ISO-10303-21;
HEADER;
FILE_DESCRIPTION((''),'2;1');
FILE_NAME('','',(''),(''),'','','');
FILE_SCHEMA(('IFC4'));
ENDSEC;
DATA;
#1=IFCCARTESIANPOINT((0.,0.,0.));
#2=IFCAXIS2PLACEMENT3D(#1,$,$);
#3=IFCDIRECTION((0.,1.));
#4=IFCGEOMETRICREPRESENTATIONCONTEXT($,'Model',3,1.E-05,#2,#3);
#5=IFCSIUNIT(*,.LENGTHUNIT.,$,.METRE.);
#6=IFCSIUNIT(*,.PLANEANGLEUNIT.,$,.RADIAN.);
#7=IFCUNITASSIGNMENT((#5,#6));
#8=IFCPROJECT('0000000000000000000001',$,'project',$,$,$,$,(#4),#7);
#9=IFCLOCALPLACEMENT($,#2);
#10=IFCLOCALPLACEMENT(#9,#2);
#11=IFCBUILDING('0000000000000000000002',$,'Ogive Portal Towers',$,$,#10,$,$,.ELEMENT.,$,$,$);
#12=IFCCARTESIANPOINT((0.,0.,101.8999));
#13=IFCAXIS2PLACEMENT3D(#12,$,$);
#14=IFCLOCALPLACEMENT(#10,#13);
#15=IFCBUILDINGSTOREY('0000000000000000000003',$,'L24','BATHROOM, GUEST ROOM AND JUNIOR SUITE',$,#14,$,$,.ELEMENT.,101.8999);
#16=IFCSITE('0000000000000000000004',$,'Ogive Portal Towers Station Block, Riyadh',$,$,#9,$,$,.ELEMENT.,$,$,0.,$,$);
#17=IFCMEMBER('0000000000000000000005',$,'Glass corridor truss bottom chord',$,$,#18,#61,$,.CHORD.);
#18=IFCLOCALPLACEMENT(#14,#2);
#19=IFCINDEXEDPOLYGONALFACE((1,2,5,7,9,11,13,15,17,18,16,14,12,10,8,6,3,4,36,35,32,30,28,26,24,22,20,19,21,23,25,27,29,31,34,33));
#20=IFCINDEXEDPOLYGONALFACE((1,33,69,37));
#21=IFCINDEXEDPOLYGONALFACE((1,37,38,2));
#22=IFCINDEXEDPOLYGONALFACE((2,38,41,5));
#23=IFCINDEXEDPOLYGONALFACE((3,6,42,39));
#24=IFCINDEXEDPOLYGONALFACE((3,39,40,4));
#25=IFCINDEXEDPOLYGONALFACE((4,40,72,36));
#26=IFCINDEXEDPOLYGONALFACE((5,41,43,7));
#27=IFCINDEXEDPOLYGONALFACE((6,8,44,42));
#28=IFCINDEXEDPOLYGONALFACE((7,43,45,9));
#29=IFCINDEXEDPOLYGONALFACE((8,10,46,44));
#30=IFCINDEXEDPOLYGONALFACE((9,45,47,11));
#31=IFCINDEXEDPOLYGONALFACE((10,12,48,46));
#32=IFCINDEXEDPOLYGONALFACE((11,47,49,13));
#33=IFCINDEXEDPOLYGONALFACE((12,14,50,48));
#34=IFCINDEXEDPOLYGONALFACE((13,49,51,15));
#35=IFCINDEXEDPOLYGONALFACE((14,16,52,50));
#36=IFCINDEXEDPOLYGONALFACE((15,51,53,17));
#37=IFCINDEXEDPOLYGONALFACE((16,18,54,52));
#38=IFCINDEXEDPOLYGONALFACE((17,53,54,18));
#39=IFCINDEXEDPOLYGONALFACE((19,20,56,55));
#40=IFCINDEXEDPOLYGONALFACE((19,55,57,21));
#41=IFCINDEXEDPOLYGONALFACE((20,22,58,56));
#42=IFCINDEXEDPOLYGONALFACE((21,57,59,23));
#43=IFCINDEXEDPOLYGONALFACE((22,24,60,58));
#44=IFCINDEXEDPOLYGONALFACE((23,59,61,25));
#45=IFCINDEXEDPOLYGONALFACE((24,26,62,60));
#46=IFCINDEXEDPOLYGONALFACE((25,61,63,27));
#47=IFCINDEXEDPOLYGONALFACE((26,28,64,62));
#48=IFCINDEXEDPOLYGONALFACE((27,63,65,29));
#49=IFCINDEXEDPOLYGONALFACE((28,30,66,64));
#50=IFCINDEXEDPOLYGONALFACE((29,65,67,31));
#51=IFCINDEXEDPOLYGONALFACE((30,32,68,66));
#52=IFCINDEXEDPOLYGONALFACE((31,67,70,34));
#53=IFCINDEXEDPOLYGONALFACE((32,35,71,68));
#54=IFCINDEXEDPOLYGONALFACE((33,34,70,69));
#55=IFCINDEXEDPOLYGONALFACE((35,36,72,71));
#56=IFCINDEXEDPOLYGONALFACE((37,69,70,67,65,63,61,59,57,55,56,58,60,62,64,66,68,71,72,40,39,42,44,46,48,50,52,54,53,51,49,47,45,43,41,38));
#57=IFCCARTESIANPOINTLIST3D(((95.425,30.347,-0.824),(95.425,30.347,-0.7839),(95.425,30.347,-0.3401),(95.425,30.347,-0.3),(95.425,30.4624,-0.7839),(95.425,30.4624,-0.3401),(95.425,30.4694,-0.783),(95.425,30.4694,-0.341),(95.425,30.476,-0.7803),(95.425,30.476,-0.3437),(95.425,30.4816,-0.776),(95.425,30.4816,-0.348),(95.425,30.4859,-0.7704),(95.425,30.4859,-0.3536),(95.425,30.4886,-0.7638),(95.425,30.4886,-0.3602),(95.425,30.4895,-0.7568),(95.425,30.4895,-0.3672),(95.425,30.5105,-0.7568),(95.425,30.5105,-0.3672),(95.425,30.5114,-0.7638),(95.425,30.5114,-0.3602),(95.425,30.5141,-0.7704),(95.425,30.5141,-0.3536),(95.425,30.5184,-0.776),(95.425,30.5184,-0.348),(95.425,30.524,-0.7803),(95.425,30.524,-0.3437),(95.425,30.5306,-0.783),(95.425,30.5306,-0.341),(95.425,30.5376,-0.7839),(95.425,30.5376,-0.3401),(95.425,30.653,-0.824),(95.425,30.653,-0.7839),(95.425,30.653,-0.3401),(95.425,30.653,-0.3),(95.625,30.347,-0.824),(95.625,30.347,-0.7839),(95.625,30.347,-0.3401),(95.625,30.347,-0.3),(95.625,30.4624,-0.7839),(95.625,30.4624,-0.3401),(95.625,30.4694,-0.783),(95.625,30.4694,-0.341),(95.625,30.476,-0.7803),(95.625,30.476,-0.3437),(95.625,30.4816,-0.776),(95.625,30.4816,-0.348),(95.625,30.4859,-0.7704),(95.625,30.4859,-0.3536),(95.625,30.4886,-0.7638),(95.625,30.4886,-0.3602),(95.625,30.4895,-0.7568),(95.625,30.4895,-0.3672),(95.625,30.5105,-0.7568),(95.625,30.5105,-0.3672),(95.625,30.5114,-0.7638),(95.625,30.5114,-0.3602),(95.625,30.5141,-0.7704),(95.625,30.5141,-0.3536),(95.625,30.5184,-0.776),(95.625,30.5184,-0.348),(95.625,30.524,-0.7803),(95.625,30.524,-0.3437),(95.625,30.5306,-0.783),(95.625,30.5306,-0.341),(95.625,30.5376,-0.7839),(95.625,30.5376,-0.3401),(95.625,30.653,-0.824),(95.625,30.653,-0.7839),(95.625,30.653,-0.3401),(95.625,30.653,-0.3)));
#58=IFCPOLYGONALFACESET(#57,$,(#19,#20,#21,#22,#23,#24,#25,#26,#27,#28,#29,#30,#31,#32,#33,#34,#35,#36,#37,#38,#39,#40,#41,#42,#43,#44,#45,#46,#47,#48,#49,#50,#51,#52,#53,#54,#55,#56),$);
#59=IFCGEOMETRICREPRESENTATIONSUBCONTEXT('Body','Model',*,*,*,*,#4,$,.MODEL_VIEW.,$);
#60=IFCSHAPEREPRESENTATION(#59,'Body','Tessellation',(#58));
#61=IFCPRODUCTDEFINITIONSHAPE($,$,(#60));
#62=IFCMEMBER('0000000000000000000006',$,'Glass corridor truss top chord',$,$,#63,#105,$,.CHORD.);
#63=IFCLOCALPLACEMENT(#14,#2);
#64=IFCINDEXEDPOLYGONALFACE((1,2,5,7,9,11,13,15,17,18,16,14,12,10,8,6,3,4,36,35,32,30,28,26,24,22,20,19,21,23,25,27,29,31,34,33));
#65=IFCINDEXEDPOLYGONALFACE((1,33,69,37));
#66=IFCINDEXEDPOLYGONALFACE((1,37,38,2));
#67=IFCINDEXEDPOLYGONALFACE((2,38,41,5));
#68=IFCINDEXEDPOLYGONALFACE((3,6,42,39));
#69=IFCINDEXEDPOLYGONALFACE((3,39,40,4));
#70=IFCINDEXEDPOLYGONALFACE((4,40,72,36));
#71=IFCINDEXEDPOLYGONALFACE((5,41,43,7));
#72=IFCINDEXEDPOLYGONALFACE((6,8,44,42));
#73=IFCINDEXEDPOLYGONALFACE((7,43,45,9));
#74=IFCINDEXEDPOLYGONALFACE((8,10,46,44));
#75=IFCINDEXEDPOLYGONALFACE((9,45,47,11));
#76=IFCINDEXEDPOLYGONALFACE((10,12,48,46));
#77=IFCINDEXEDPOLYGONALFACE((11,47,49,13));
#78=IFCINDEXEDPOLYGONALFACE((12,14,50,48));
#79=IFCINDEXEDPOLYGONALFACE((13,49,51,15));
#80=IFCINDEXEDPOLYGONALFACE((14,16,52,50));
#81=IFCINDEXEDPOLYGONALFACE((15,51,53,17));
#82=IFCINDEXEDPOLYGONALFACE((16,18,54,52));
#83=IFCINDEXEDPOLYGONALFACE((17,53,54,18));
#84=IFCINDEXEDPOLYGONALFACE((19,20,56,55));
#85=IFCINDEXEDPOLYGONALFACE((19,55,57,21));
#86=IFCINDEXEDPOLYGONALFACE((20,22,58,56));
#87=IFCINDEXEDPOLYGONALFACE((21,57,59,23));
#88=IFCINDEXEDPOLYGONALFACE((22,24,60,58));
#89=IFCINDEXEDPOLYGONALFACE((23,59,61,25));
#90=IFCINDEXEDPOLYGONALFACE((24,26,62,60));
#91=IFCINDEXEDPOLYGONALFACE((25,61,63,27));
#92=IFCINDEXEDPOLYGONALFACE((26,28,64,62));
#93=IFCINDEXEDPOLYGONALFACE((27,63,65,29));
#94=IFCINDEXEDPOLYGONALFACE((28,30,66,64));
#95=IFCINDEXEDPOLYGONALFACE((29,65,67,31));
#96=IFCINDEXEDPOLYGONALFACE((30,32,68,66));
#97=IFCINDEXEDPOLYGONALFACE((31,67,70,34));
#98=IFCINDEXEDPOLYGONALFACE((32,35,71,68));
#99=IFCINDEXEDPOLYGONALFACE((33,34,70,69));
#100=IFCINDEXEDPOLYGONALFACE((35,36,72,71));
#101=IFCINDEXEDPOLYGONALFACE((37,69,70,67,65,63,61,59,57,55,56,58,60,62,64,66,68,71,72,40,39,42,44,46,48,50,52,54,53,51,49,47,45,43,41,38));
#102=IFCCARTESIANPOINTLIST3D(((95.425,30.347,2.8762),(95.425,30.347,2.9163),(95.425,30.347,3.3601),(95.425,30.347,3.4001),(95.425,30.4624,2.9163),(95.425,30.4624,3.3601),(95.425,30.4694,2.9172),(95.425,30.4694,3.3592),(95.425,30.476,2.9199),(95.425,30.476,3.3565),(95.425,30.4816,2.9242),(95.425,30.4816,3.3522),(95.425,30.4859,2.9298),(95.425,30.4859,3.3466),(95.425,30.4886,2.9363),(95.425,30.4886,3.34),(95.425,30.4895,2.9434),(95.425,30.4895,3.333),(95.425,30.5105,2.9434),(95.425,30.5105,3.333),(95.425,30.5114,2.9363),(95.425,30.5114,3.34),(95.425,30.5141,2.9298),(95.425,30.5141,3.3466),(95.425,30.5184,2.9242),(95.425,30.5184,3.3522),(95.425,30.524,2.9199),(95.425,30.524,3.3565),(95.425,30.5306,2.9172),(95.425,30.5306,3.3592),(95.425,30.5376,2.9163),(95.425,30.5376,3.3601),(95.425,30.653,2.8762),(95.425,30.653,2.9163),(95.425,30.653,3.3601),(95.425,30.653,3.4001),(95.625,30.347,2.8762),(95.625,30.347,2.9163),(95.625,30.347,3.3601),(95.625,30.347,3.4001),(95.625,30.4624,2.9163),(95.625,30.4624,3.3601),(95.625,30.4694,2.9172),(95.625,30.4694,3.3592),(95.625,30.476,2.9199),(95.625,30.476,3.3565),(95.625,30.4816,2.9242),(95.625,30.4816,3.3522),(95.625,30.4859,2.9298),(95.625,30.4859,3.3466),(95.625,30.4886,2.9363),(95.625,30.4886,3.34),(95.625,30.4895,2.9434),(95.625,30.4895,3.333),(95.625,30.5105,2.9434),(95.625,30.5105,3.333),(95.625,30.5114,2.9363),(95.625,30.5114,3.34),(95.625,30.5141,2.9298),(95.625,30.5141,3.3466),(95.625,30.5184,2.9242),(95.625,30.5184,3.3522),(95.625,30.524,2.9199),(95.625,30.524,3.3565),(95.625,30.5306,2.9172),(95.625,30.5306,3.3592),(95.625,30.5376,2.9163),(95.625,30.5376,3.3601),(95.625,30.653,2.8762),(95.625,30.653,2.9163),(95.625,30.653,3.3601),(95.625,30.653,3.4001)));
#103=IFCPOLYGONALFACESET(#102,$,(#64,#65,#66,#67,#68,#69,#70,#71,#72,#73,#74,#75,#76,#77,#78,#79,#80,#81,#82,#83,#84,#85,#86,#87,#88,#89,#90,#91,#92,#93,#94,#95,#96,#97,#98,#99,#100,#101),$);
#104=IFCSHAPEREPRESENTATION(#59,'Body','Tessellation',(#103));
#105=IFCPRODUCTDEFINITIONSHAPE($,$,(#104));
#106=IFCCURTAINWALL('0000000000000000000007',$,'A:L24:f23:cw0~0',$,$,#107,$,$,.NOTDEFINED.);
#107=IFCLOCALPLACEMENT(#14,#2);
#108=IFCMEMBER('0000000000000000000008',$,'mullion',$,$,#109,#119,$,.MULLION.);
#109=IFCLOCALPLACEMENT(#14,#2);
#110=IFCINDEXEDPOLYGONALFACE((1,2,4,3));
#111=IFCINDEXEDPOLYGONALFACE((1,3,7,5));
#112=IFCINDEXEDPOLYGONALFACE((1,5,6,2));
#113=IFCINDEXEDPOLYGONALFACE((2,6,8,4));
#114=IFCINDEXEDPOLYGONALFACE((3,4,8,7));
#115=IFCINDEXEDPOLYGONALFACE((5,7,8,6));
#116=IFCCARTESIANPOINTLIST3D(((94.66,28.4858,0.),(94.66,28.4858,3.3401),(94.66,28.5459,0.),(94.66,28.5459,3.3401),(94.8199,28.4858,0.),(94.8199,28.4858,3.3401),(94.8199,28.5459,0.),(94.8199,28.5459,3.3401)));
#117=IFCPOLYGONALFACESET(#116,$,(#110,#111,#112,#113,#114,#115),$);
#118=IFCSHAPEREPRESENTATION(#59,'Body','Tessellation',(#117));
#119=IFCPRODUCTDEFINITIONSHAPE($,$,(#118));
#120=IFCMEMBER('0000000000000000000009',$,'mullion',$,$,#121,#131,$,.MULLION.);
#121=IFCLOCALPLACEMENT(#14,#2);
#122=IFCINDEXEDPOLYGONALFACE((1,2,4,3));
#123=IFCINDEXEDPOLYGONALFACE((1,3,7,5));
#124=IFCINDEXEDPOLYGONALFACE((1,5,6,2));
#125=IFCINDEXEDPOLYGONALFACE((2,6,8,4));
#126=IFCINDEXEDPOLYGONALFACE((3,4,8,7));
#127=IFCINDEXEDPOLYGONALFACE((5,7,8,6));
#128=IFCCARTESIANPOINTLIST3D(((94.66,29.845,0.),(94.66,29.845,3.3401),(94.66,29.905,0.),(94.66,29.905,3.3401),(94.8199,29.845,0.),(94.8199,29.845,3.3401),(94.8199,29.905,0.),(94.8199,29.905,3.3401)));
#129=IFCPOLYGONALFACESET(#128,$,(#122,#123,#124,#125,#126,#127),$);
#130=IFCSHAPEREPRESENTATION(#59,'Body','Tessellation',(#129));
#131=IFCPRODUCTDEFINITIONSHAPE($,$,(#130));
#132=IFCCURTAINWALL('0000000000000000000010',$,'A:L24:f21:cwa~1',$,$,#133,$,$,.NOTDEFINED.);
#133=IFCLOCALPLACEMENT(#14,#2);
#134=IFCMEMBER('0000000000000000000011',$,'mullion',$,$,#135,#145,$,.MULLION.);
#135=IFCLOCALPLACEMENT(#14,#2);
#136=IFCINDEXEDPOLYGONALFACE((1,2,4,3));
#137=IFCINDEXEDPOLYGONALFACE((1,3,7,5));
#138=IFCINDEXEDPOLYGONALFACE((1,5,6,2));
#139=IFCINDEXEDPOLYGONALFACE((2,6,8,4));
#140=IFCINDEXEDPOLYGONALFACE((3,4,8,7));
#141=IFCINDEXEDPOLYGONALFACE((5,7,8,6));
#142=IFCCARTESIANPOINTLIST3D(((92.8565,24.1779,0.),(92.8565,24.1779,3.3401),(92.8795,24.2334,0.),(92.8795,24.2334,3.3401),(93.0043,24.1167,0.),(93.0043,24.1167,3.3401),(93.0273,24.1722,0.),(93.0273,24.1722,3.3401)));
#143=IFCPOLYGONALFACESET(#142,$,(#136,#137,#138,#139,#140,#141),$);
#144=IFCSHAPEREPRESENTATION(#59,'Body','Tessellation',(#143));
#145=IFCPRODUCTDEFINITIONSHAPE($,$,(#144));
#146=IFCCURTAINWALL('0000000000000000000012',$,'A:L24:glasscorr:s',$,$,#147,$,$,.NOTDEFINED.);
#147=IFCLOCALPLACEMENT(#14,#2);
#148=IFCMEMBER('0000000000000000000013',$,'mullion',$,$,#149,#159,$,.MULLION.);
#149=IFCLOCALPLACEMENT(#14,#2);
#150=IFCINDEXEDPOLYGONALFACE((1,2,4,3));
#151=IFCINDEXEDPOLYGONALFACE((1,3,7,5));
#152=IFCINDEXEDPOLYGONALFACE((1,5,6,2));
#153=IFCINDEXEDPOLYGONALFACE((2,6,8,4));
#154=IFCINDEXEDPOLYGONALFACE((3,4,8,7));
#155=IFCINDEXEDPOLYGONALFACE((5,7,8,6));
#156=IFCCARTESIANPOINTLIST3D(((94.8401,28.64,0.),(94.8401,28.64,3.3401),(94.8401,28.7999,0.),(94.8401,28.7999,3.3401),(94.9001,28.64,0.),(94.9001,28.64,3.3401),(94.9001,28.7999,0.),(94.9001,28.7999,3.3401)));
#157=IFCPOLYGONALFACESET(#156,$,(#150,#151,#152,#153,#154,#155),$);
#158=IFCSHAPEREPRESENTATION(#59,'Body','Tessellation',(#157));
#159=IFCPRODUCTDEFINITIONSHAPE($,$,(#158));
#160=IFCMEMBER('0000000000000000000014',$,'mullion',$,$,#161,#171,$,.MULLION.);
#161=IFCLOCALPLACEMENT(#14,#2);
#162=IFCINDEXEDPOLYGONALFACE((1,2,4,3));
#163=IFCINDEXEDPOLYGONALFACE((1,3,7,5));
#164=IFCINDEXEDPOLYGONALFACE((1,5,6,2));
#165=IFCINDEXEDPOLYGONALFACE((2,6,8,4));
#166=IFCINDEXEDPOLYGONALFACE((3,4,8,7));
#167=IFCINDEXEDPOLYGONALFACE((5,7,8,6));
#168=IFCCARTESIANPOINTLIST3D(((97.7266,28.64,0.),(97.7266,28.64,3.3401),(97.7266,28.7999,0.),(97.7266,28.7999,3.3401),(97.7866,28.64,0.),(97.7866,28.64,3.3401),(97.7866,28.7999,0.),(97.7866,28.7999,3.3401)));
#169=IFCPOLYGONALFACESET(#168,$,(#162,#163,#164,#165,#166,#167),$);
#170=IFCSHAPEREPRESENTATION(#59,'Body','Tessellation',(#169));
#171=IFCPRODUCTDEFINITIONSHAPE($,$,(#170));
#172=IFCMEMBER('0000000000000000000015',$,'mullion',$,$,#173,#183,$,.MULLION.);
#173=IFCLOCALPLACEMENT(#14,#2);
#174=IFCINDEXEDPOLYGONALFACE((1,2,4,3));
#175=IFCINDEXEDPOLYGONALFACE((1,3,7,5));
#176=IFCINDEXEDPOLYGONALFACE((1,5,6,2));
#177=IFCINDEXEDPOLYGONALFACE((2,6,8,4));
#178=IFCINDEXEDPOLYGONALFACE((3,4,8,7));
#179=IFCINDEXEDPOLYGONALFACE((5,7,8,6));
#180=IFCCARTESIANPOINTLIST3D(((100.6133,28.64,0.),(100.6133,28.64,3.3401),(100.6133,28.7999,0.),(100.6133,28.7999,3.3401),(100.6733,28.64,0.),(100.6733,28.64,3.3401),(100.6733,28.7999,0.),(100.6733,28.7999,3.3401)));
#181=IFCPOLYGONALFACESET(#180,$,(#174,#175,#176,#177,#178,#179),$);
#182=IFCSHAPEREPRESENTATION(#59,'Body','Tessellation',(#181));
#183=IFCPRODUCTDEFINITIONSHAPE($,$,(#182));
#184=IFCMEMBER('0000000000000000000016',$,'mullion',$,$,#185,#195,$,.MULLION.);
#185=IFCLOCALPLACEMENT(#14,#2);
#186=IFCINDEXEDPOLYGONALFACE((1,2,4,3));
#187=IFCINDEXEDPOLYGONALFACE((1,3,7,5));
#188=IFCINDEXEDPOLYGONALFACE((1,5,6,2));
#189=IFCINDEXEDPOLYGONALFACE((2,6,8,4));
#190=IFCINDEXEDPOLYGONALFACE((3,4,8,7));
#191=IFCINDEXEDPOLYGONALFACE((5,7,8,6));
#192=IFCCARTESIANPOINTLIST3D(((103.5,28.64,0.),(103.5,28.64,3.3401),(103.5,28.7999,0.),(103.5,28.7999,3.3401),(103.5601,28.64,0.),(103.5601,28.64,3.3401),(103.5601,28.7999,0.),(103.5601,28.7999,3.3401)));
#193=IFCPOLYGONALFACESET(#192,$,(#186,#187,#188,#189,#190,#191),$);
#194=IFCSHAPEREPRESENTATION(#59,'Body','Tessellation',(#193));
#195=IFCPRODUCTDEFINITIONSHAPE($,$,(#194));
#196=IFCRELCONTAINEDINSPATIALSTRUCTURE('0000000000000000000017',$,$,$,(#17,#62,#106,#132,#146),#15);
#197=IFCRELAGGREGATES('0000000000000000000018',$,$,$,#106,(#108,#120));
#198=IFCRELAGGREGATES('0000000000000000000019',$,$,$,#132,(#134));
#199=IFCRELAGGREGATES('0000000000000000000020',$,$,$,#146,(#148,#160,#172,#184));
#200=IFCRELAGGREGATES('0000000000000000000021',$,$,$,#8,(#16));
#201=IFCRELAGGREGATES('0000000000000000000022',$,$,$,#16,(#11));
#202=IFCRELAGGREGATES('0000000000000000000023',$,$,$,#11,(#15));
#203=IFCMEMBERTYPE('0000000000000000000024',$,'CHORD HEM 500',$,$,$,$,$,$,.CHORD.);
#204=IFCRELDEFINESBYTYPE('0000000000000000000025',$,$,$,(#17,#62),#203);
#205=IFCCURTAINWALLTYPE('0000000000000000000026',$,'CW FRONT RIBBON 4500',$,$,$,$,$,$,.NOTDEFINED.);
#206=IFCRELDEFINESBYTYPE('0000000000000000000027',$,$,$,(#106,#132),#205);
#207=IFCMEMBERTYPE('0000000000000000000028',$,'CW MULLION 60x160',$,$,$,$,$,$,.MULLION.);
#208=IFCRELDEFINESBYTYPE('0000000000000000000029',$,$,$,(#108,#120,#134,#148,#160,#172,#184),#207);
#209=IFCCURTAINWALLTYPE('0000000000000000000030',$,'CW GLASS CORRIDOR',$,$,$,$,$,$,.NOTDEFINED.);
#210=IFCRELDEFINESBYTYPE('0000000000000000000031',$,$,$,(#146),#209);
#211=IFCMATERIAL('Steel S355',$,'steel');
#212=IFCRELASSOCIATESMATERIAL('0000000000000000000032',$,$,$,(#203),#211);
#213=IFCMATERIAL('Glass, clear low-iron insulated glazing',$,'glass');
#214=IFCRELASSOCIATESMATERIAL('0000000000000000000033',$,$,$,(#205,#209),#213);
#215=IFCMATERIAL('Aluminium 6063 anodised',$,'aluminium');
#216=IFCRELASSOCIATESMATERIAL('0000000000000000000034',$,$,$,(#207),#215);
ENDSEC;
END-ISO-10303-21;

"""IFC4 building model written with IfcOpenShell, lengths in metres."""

from ifc_helpers import new_model, si_unit, direction, frame, origin, origin_2d, place, context, subcontext, project, spatial, rectangle, i_section, extrude, material, material_profile, profile_set, type_object, element, aggregate, save


model = new_model("IFC4")

# Units and contexts
model_context = context("Model", 3, precision=1e-05, world=origin(), true_north=direction((0.0, 1.0)))
body_context = subcontext(model_context, "Body", "Model", "MODEL_VIEW")
ifc_project = project(units=[si_unit("LENGTHUNIT", "METRE"), si_unit("PLANEANGLEUNIT", "RADIAN")], contexts=[model_context])

# Site, building, storey
site_placement = place(None, origin())
site = spatial("IfcSite", under=ifc_project, at=site_placement, Name="Ogive Portal Towers Station Block, Riyadh", CompositionType="ELEMENT", RefElevation=0.0)
building_placement = place(site_placement, origin())
building = spatial("IfcBuilding", under=site, at=building_placement, Name="Ogive Portal Towers", CompositionType="ELEMENT")
storey_placement = place(building_placement, frame((0.0, 0.0, 101.8999)))
storey = spatial("IfcBuildingStorey", under=building, at=storey_placement, Name="L24", Description="BATHROOM, GUEST ROOM AND JUNIOR SUITE", CompositionType="ELEMENT", Elevation=101.8999)

# Shared definitions
ifc_material_1 = material(Name="Steel S355", Category="steel")

# Members
ifc_material_profile_1 = material_profile(ifc_material_1, i_section(OverallWidth=0.3059, OverallDepth=0.5239, WebThickness=0.021, FlangeThickness=0.04, FilletRadius=0.0271, at=origin_2d()), Name="HEM 500")
ifc_profile_set_1 = profile_set([ifc_material_profile_1], Name="Steel S355")
member_type_1 = type_object("IfcMemberType", Name="CHORD HEM 500", PredefinedType="CHORD", material=ifc_profile_set_1)
for number, where, z_axis, x_axis, name in (
    (1, (95.425, 30.5, -0.562), (1.0, 0.0, 0.0), (0.0, 1.0, 0.0), "Glass corridor truss bottom chord"),
    (2, (95.425, 30.5, 3.1382), (1.0, 0.0, 0.0), (0.0, 1.0, 0.0), "Glass corridor truss top chord"),
):
    element("IfcMember", number, at=place(storey_placement, frame(where, z_axis=z_axis, x_axis=x_axis)), inside=storey, type_object=member_type_1, Name=name, PredefinedType="CHORD", context=body_context, shape_type="SweptSolid", body=[
        extrude(i_section(OverallWidth=0.3059, OverallDepth=0.5239, WebThickness=0.021, FlangeThickness=0.04, FilletRadius=0.0271, at=origin_2d()), origin(), (0.0, 0.0, 1.0), 0.2),
    ])

# Curtain wall, members
ifc_material_2 = material(Name="Glass, clear low-iron insulated glazing", Category="glass")
curtain_wall_type_1 = type_object("IfcCurtainWallType", Name="CW FRONT RIBBON 4500", PredefinedType="NOTDEFINED", material=ifc_material_2)
curtain_wall_1_placement = place(storey_placement, origin())
curtain_wall_1 = element("IfcCurtainWall", 3, at=curtain_wall_1_placement, inside=storey, type_object=curtain_wall_type_1, Name="A:L24:f23:cw0~0", PredefinedType="NOTDEFINED")
ifc_material_3 = material(Name="Aluminium 6063 anodised", Category="aluminium")
ifc_material_profile_2 = material_profile(ifc_material_3, rectangle(XDim=0.1599, YDim=0.0601, at=origin_2d()), Name="AL 60x160")
ifc_profile_set_2 = profile_set([ifc_material_profile_2], Name="Aluminium 6063 anodised")
member_type_2 = type_object("IfcMemberType", Name="CW MULLION 60x160", PredefinedType="MULLION", material=ifc_profile_set_2)
member_1_placement = place(storey_placement, frame((94.74, 28.5159, 0.0), z_axis=(0.0, 0.0, 1.0), x_axis=(-1.0, 0.0, 0.0)))
member_1 = element("IfcMember", 4, at=member_1_placement, type_object=member_type_2, Name="mullion", PredefinedType="MULLION", context=body_context, shape_type="SweptSolid", body=[
    extrude(rectangle(XDim=0.1599, YDim=0.0601, at=origin_2d()), origin(), (0.0, 0.0, 1.0), 3.3401),
])
member_2_placement = place(storey_placement, frame((94.74, 29.875, 0.0), z_axis=(0.0, 0.0, 1.0), x_axis=(-1.0, 0.0, 0.0)))
member_2 = element("IfcMember", 5, at=member_2_placement, type_object=member_type_2, Name="mullion", PredefinedType="MULLION", context=body_context, shape_type="SweptSolid", body=[
    extrude(rectangle(XDim=0.1599, YDim=0.0601, at=origin_2d()), origin(), (0.0, 0.0, 1.0), 3.3401),
])

# Curtain wall, member
curtain_wall_2_placement = place(storey_placement, origin())
curtain_wall_2 = element("IfcCurtainWall", 6, at=curtain_wall_2_placement, inside=storey, type_object=curtain_wall_type_1, Name="A:L24:f21:cwa~1", PredefinedType="NOTDEFINED")
member_3_placement = place(storey_placement, frame((92.9419, 24.175, 0.0), z_axis=(0.0, 0.0, 1.0), x_axis=(-0.92388, 0.382683, 0.0)))
member_3 = element("IfcMember", 7, at=member_3_placement, type_object=member_type_2, Name="mullion", PredefinedType="MULLION", context=body_context, shape_type="SweptSolid", body=[
    extrude(rectangle(XDim=0.1599, YDim=0.0601, at=origin_2d()), origin(), (0.0, 0.0, 1.0), 3.3401),
])

# Curtain wall, members
curtain_wall_type_2 = type_object("IfcCurtainWallType", Name="CW GLASS CORRIDOR", PredefinedType="NOTDEFINED", material=ifc_material_2)
curtain_wall_3_placement = place(storey_placement, origin())
curtain_wall_3 = element("IfcCurtainWall", 8, at=curtain_wall_3_placement, inside=storey, type_object=curtain_wall_type_2, Name="A:L24:glasscorr:s", PredefinedType="NOTDEFINED")
member_4_placement = place(storey_placement, frame((94.8701, 28.72, 0.0), z_axis=(0.0, 0.0, 1.0), x_axis=(0.0, 1.0, 0.0)))
member_4 = element("IfcMember", 9, at=member_4_placement, type_object=member_type_2, Name="mullion", PredefinedType="MULLION", context=body_context, shape_type="SweptSolid", body=[
    extrude(rectangle(XDim=0.1599, YDim=0.0601, at=origin_2d()), origin(), (0.0, 0.0, 1.0), 3.3401),
])
member_5_placement = place(storey_placement, frame((97.7566, 28.72, 0.0), z_axis=(0.0, 0.0, 1.0), x_axis=(0.0, 1.0, 0.0)))
member_5 = element("IfcMember", 10, at=member_5_placement, type_object=member_type_2, Name="mullion", PredefinedType="MULLION", context=body_context, shape_type="SweptSolid", body=[
    extrude(rectangle(XDim=0.1599, YDim=0.0601, at=origin_2d()), origin(), (0.0, 0.0, 1.0), 3.3401),
])
member_6_placement = place(storey_placement, frame((100.6433, 28.72, 0.0), z_axis=(0.0, 0.0, 1.0), x_axis=(0.0, 1.0, 0.0)))
member_6 = element("IfcMember", 11, at=member_6_placement, type_object=member_type_2, Name="mullion", PredefinedType="MULLION", context=body_context, shape_type="SweptSolid", body=[
    extrude(rectangle(XDim=0.1599, YDim=0.0601, at=origin_2d()), origin(), (0.0, 0.0, 1.0), 3.3401),
])
member_7_placement = place(storey_placement, frame((103.53, 28.72, 0.0), z_axis=(0.0, 0.0, 1.0), x_axis=(0.0, 1.0, 0.0)))
member_7 = element("IfcMember", 12, at=member_7_placement, type_object=member_type_2, Name="mullion", PredefinedType="MULLION", context=body_context, shape_type="SweptSolid", body=[
    extrude(rectangle(XDim=0.1599, YDim=0.0601, at=origin_2d()), origin(), (0.0, 0.0, 1.0), 3.3401),
])

aggregate(curtain_wall_1, [member_1, member_2])
aggregate(curtain_wall_2, [member_3])
aggregate(curtain_wall_3, [member_4, member_5, member_6, member_7])

save(model, "model.ifc")
